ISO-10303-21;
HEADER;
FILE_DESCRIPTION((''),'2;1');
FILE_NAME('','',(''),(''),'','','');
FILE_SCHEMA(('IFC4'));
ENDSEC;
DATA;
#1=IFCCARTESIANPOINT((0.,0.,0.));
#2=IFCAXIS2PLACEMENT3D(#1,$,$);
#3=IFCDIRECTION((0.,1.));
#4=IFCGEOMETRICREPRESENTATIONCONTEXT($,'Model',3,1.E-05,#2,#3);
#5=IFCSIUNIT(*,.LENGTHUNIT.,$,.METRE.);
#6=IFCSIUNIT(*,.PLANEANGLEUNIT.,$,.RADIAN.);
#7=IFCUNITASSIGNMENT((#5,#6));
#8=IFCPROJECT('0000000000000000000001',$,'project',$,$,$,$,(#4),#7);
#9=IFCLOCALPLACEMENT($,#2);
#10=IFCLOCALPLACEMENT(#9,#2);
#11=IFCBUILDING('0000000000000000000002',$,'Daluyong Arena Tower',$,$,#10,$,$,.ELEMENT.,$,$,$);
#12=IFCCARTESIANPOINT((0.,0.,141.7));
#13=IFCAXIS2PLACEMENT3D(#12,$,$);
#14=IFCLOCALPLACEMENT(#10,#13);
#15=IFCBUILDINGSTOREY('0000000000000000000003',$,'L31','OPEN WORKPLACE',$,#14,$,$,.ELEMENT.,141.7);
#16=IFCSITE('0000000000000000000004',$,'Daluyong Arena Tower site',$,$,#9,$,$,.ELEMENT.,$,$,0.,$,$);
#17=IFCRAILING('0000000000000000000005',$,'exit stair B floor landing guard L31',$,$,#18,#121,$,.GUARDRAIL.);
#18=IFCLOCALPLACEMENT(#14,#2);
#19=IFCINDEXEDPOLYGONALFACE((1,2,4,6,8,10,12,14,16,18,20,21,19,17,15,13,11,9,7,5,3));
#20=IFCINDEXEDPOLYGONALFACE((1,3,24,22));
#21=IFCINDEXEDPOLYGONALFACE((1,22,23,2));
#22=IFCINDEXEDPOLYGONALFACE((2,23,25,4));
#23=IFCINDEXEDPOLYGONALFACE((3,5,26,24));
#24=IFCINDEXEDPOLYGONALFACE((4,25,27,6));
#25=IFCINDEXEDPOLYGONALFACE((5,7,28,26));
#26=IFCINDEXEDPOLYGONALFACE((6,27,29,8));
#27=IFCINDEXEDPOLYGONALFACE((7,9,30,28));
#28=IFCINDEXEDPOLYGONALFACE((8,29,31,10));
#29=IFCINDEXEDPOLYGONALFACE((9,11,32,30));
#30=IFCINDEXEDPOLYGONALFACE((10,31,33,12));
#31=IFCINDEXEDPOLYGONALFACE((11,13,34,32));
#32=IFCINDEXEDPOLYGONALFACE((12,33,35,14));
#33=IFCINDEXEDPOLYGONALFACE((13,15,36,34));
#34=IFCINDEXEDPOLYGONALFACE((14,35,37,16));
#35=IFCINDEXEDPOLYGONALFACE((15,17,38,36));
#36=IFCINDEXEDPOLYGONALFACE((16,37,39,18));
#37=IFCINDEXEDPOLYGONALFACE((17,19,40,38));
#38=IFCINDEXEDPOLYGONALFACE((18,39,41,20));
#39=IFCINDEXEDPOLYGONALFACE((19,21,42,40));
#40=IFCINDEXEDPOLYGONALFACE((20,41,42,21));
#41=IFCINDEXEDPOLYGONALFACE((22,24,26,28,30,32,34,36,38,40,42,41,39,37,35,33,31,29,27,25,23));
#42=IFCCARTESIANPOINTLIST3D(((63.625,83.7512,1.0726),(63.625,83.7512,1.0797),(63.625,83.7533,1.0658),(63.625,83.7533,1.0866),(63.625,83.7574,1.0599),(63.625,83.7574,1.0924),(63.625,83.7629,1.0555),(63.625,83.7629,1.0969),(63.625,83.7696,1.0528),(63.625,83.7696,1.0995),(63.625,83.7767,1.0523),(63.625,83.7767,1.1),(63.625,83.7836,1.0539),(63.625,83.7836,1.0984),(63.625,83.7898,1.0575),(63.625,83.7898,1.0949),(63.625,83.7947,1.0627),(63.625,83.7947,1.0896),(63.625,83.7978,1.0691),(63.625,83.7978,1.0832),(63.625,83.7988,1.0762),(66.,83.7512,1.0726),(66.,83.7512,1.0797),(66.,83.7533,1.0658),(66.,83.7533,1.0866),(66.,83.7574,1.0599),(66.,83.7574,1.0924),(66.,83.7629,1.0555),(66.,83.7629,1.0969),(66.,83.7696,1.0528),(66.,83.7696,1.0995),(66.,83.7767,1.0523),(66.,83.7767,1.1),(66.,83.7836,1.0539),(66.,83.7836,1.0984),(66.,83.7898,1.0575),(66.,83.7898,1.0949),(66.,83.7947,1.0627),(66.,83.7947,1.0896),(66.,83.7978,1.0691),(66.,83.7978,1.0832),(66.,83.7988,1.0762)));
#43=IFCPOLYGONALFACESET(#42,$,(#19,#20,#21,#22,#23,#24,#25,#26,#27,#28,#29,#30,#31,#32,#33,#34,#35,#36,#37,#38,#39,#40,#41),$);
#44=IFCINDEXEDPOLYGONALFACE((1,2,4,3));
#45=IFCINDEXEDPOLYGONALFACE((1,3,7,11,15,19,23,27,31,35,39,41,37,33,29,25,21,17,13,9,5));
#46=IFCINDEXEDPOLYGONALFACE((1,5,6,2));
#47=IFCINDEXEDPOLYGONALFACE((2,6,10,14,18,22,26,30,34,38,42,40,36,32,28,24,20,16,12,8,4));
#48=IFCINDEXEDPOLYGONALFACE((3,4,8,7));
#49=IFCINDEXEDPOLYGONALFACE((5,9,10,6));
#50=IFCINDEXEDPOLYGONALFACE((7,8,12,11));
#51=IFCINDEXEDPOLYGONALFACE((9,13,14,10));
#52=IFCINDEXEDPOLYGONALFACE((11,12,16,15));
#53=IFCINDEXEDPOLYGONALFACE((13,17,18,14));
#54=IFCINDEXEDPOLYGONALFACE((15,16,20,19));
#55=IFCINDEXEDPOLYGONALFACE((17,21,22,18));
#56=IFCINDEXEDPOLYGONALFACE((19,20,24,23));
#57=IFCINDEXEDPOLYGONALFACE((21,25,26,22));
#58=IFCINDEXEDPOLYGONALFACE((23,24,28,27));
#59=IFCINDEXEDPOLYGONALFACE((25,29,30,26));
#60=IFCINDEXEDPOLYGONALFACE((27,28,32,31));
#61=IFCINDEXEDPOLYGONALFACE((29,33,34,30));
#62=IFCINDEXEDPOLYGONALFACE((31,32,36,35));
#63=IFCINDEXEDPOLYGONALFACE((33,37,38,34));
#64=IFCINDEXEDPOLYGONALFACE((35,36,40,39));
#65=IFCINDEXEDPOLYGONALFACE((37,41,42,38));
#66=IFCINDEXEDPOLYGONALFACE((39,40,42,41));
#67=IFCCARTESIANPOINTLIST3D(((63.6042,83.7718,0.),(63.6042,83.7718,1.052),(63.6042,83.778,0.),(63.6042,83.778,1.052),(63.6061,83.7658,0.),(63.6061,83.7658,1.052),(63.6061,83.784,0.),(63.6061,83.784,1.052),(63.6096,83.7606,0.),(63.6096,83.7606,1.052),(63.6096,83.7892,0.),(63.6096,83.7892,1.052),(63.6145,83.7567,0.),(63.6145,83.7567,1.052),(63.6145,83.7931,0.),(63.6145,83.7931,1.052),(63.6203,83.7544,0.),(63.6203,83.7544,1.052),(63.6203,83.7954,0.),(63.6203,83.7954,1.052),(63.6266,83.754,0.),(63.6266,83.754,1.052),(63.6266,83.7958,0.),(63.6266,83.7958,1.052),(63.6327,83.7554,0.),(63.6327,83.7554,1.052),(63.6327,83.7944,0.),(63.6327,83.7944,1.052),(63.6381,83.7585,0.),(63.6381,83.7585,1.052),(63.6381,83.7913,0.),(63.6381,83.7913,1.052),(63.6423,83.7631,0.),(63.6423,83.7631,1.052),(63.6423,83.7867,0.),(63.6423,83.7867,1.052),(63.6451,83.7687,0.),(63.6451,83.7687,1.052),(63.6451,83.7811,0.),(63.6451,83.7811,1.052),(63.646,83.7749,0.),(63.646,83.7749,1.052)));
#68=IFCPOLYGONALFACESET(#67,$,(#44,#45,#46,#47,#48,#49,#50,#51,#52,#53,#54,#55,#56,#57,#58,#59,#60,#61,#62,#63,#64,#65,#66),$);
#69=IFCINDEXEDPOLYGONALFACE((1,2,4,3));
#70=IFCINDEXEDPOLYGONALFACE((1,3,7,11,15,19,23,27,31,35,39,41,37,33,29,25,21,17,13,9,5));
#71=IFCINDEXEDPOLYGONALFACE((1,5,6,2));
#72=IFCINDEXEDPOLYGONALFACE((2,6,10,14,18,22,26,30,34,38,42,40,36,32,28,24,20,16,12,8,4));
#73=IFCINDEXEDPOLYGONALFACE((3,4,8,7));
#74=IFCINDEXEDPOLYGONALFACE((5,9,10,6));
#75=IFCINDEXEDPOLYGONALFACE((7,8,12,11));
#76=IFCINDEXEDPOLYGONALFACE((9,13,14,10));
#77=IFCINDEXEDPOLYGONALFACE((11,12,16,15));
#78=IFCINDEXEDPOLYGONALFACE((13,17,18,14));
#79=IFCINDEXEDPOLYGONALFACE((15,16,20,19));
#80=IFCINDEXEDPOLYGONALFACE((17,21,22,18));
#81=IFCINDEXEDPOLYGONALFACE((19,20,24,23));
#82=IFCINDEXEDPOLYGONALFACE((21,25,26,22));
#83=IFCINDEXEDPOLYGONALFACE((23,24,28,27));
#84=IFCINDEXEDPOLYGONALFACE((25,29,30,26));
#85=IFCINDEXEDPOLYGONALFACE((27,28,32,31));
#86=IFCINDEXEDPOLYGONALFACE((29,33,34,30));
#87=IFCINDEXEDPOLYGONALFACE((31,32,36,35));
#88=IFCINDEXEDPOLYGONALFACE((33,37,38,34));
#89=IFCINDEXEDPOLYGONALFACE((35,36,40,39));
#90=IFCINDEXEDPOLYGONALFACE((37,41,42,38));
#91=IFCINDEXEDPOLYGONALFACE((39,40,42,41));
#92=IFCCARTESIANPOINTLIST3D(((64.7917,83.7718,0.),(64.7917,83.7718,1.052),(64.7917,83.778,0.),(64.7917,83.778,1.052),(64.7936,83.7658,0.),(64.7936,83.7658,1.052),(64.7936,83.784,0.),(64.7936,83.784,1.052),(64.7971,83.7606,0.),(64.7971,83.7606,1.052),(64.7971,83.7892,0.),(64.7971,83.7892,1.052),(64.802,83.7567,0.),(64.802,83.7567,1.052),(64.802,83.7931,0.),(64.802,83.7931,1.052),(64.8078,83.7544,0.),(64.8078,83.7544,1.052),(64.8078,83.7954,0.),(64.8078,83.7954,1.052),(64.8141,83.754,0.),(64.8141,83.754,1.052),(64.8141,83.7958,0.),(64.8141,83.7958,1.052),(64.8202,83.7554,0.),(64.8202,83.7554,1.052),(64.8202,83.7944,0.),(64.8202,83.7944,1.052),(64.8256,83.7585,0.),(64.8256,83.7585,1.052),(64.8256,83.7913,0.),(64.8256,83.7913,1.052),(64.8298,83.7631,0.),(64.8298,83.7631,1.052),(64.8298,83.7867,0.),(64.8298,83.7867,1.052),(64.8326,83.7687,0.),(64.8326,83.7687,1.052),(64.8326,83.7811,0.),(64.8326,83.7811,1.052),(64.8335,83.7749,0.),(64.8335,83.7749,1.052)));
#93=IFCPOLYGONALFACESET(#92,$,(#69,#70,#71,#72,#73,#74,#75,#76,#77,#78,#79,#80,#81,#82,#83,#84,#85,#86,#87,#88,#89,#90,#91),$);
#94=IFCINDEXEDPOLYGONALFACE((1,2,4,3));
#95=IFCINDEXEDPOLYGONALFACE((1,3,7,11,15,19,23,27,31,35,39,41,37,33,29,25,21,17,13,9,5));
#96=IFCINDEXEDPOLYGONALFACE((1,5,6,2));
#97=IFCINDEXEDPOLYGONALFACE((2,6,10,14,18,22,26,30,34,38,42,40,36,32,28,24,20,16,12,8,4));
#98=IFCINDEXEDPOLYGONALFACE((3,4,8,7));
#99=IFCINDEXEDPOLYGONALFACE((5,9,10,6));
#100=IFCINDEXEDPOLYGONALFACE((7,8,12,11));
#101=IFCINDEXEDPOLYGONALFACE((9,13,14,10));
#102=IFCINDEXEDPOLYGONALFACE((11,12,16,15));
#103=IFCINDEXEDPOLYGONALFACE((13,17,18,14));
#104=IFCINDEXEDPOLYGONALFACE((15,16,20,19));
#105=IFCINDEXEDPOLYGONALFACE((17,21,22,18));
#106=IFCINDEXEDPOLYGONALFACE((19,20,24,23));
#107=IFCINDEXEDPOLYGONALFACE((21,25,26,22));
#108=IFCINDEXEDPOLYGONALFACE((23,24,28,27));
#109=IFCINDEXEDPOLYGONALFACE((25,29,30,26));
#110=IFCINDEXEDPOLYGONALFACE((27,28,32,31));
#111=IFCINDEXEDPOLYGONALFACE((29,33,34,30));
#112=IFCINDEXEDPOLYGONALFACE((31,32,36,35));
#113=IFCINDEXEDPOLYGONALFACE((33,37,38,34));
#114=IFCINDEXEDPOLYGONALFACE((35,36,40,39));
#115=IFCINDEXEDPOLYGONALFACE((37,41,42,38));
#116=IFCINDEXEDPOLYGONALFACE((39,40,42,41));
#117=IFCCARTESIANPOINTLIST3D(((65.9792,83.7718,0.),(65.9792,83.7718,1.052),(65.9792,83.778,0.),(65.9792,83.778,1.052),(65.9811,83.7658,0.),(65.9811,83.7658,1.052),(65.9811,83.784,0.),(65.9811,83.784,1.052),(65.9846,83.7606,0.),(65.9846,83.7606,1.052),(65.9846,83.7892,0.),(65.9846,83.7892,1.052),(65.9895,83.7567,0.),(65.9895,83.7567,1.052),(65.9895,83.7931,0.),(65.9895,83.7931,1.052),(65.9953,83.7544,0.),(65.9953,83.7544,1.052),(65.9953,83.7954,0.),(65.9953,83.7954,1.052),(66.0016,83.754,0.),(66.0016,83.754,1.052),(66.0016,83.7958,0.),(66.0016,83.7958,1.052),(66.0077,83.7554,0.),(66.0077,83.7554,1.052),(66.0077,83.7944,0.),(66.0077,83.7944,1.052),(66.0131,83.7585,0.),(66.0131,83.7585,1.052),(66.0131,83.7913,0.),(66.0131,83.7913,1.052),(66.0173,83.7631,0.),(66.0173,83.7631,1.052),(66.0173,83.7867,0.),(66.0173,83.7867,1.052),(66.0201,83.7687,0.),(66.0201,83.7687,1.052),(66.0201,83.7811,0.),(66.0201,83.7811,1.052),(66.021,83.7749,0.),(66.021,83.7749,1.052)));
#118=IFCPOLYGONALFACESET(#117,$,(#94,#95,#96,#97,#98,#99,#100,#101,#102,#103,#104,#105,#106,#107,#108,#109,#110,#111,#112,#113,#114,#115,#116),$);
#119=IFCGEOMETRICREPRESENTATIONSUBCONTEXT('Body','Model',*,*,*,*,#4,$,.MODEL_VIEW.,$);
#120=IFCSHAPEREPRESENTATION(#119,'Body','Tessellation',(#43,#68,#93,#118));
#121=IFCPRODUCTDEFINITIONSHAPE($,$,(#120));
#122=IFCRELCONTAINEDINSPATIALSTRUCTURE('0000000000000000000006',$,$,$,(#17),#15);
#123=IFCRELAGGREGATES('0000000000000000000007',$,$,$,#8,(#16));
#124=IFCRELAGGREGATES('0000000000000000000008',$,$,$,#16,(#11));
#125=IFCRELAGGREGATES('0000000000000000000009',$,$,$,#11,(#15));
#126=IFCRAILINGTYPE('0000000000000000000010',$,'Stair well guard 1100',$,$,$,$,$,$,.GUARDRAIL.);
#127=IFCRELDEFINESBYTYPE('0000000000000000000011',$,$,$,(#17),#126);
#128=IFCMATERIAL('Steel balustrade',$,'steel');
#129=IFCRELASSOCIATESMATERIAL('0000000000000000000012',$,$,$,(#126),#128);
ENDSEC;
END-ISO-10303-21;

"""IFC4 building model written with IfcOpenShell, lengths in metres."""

from ifc_helpers import new_model, si_unit, direction, frame, origin, origin_2d, place, context, subcontext, project, spatial, circle, extrude, material, type_object, element, save


model = new_model("IFC4")

# Units and contexts
model_context = context("Model", 3, precision=1e-05, world=origin(), true_north=direction((0.0, 1.0)))
body_context = subcontext(model_context, "Body", "Model", "MODEL_VIEW")
ifc_project = project(units=[si_unit("LENGTHUNIT", "METRE"), si_unit("PLANEANGLEUNIT", "RADIAN")], contexts=[model_context])

# Site, building, storey
site_placement = place(None, origin())
site = spatial("IfcSite", under=ifc_project, at=site_placement, Name="Daluyong Arena Tower site", CompositionType="ELEMENT", RefElevation=0.0)
building_placement = place(site_placement, origin())
building = spatial("IfcBuilding", under=site, at=building_placement, Name="Daluyong Arena Tower", CompositionType="ELEMENT")
storey_placement = place(building_placement, frame((0.0, 0.0, 141.7)))
storey = spatial("IfcBuildingStorey", under=building, at=storey_placement, Name="L31", Description="OPEN WORKPLACE", CompositionType="ELEMENT", Elevation=141.7)

# Railing
ifc_material_1 = material(Name="Steel balustrade", Category="steel")
railing_type_1 = type_object("IfcRailingType", Name="Stair well guard 1100", PredefinedType="GUARDRAIL", material=ifc_material_1)
railing_1_placement = place(storey_placement, frame((63.625, 83.7749, 0.0)))
element("IfcRailing", 1, at=railing_1_placement, inside=storey, type_object=railing_type_1, Name="exit stair B floor landing guard L31", PredefinedType="GUARDRAIL", context=body_context, shape_type="SweptSolid", body=[
    extrude(circle(Radius=0.0239, at=origin_2d()), frame((0.0, 0.0, 1.0762), z_axis=(1.0, 0.0, 0.0), x_axis=(0.0, 1.0, 0.0)), (0.0, 0.0, 1.0), 2.375),
    extrude(circle(Radius=0.021, at=origin_2d()), origin(), (0.0, 0.0, 1.0), 1.052),
    extrude(circle(Radius=0.021, at=origin_2d()), frame((1.1875, 0.0, 0.0)), (0.0, 0.0, 1.0), 1.052),
    extrude(circle(Radius=0.021, at=origin_2d()), frame((2.375, 0.0, 0.0)), (0.0, 0.0, 1.0), 1.052),
])

save(model, "model.ifc")
